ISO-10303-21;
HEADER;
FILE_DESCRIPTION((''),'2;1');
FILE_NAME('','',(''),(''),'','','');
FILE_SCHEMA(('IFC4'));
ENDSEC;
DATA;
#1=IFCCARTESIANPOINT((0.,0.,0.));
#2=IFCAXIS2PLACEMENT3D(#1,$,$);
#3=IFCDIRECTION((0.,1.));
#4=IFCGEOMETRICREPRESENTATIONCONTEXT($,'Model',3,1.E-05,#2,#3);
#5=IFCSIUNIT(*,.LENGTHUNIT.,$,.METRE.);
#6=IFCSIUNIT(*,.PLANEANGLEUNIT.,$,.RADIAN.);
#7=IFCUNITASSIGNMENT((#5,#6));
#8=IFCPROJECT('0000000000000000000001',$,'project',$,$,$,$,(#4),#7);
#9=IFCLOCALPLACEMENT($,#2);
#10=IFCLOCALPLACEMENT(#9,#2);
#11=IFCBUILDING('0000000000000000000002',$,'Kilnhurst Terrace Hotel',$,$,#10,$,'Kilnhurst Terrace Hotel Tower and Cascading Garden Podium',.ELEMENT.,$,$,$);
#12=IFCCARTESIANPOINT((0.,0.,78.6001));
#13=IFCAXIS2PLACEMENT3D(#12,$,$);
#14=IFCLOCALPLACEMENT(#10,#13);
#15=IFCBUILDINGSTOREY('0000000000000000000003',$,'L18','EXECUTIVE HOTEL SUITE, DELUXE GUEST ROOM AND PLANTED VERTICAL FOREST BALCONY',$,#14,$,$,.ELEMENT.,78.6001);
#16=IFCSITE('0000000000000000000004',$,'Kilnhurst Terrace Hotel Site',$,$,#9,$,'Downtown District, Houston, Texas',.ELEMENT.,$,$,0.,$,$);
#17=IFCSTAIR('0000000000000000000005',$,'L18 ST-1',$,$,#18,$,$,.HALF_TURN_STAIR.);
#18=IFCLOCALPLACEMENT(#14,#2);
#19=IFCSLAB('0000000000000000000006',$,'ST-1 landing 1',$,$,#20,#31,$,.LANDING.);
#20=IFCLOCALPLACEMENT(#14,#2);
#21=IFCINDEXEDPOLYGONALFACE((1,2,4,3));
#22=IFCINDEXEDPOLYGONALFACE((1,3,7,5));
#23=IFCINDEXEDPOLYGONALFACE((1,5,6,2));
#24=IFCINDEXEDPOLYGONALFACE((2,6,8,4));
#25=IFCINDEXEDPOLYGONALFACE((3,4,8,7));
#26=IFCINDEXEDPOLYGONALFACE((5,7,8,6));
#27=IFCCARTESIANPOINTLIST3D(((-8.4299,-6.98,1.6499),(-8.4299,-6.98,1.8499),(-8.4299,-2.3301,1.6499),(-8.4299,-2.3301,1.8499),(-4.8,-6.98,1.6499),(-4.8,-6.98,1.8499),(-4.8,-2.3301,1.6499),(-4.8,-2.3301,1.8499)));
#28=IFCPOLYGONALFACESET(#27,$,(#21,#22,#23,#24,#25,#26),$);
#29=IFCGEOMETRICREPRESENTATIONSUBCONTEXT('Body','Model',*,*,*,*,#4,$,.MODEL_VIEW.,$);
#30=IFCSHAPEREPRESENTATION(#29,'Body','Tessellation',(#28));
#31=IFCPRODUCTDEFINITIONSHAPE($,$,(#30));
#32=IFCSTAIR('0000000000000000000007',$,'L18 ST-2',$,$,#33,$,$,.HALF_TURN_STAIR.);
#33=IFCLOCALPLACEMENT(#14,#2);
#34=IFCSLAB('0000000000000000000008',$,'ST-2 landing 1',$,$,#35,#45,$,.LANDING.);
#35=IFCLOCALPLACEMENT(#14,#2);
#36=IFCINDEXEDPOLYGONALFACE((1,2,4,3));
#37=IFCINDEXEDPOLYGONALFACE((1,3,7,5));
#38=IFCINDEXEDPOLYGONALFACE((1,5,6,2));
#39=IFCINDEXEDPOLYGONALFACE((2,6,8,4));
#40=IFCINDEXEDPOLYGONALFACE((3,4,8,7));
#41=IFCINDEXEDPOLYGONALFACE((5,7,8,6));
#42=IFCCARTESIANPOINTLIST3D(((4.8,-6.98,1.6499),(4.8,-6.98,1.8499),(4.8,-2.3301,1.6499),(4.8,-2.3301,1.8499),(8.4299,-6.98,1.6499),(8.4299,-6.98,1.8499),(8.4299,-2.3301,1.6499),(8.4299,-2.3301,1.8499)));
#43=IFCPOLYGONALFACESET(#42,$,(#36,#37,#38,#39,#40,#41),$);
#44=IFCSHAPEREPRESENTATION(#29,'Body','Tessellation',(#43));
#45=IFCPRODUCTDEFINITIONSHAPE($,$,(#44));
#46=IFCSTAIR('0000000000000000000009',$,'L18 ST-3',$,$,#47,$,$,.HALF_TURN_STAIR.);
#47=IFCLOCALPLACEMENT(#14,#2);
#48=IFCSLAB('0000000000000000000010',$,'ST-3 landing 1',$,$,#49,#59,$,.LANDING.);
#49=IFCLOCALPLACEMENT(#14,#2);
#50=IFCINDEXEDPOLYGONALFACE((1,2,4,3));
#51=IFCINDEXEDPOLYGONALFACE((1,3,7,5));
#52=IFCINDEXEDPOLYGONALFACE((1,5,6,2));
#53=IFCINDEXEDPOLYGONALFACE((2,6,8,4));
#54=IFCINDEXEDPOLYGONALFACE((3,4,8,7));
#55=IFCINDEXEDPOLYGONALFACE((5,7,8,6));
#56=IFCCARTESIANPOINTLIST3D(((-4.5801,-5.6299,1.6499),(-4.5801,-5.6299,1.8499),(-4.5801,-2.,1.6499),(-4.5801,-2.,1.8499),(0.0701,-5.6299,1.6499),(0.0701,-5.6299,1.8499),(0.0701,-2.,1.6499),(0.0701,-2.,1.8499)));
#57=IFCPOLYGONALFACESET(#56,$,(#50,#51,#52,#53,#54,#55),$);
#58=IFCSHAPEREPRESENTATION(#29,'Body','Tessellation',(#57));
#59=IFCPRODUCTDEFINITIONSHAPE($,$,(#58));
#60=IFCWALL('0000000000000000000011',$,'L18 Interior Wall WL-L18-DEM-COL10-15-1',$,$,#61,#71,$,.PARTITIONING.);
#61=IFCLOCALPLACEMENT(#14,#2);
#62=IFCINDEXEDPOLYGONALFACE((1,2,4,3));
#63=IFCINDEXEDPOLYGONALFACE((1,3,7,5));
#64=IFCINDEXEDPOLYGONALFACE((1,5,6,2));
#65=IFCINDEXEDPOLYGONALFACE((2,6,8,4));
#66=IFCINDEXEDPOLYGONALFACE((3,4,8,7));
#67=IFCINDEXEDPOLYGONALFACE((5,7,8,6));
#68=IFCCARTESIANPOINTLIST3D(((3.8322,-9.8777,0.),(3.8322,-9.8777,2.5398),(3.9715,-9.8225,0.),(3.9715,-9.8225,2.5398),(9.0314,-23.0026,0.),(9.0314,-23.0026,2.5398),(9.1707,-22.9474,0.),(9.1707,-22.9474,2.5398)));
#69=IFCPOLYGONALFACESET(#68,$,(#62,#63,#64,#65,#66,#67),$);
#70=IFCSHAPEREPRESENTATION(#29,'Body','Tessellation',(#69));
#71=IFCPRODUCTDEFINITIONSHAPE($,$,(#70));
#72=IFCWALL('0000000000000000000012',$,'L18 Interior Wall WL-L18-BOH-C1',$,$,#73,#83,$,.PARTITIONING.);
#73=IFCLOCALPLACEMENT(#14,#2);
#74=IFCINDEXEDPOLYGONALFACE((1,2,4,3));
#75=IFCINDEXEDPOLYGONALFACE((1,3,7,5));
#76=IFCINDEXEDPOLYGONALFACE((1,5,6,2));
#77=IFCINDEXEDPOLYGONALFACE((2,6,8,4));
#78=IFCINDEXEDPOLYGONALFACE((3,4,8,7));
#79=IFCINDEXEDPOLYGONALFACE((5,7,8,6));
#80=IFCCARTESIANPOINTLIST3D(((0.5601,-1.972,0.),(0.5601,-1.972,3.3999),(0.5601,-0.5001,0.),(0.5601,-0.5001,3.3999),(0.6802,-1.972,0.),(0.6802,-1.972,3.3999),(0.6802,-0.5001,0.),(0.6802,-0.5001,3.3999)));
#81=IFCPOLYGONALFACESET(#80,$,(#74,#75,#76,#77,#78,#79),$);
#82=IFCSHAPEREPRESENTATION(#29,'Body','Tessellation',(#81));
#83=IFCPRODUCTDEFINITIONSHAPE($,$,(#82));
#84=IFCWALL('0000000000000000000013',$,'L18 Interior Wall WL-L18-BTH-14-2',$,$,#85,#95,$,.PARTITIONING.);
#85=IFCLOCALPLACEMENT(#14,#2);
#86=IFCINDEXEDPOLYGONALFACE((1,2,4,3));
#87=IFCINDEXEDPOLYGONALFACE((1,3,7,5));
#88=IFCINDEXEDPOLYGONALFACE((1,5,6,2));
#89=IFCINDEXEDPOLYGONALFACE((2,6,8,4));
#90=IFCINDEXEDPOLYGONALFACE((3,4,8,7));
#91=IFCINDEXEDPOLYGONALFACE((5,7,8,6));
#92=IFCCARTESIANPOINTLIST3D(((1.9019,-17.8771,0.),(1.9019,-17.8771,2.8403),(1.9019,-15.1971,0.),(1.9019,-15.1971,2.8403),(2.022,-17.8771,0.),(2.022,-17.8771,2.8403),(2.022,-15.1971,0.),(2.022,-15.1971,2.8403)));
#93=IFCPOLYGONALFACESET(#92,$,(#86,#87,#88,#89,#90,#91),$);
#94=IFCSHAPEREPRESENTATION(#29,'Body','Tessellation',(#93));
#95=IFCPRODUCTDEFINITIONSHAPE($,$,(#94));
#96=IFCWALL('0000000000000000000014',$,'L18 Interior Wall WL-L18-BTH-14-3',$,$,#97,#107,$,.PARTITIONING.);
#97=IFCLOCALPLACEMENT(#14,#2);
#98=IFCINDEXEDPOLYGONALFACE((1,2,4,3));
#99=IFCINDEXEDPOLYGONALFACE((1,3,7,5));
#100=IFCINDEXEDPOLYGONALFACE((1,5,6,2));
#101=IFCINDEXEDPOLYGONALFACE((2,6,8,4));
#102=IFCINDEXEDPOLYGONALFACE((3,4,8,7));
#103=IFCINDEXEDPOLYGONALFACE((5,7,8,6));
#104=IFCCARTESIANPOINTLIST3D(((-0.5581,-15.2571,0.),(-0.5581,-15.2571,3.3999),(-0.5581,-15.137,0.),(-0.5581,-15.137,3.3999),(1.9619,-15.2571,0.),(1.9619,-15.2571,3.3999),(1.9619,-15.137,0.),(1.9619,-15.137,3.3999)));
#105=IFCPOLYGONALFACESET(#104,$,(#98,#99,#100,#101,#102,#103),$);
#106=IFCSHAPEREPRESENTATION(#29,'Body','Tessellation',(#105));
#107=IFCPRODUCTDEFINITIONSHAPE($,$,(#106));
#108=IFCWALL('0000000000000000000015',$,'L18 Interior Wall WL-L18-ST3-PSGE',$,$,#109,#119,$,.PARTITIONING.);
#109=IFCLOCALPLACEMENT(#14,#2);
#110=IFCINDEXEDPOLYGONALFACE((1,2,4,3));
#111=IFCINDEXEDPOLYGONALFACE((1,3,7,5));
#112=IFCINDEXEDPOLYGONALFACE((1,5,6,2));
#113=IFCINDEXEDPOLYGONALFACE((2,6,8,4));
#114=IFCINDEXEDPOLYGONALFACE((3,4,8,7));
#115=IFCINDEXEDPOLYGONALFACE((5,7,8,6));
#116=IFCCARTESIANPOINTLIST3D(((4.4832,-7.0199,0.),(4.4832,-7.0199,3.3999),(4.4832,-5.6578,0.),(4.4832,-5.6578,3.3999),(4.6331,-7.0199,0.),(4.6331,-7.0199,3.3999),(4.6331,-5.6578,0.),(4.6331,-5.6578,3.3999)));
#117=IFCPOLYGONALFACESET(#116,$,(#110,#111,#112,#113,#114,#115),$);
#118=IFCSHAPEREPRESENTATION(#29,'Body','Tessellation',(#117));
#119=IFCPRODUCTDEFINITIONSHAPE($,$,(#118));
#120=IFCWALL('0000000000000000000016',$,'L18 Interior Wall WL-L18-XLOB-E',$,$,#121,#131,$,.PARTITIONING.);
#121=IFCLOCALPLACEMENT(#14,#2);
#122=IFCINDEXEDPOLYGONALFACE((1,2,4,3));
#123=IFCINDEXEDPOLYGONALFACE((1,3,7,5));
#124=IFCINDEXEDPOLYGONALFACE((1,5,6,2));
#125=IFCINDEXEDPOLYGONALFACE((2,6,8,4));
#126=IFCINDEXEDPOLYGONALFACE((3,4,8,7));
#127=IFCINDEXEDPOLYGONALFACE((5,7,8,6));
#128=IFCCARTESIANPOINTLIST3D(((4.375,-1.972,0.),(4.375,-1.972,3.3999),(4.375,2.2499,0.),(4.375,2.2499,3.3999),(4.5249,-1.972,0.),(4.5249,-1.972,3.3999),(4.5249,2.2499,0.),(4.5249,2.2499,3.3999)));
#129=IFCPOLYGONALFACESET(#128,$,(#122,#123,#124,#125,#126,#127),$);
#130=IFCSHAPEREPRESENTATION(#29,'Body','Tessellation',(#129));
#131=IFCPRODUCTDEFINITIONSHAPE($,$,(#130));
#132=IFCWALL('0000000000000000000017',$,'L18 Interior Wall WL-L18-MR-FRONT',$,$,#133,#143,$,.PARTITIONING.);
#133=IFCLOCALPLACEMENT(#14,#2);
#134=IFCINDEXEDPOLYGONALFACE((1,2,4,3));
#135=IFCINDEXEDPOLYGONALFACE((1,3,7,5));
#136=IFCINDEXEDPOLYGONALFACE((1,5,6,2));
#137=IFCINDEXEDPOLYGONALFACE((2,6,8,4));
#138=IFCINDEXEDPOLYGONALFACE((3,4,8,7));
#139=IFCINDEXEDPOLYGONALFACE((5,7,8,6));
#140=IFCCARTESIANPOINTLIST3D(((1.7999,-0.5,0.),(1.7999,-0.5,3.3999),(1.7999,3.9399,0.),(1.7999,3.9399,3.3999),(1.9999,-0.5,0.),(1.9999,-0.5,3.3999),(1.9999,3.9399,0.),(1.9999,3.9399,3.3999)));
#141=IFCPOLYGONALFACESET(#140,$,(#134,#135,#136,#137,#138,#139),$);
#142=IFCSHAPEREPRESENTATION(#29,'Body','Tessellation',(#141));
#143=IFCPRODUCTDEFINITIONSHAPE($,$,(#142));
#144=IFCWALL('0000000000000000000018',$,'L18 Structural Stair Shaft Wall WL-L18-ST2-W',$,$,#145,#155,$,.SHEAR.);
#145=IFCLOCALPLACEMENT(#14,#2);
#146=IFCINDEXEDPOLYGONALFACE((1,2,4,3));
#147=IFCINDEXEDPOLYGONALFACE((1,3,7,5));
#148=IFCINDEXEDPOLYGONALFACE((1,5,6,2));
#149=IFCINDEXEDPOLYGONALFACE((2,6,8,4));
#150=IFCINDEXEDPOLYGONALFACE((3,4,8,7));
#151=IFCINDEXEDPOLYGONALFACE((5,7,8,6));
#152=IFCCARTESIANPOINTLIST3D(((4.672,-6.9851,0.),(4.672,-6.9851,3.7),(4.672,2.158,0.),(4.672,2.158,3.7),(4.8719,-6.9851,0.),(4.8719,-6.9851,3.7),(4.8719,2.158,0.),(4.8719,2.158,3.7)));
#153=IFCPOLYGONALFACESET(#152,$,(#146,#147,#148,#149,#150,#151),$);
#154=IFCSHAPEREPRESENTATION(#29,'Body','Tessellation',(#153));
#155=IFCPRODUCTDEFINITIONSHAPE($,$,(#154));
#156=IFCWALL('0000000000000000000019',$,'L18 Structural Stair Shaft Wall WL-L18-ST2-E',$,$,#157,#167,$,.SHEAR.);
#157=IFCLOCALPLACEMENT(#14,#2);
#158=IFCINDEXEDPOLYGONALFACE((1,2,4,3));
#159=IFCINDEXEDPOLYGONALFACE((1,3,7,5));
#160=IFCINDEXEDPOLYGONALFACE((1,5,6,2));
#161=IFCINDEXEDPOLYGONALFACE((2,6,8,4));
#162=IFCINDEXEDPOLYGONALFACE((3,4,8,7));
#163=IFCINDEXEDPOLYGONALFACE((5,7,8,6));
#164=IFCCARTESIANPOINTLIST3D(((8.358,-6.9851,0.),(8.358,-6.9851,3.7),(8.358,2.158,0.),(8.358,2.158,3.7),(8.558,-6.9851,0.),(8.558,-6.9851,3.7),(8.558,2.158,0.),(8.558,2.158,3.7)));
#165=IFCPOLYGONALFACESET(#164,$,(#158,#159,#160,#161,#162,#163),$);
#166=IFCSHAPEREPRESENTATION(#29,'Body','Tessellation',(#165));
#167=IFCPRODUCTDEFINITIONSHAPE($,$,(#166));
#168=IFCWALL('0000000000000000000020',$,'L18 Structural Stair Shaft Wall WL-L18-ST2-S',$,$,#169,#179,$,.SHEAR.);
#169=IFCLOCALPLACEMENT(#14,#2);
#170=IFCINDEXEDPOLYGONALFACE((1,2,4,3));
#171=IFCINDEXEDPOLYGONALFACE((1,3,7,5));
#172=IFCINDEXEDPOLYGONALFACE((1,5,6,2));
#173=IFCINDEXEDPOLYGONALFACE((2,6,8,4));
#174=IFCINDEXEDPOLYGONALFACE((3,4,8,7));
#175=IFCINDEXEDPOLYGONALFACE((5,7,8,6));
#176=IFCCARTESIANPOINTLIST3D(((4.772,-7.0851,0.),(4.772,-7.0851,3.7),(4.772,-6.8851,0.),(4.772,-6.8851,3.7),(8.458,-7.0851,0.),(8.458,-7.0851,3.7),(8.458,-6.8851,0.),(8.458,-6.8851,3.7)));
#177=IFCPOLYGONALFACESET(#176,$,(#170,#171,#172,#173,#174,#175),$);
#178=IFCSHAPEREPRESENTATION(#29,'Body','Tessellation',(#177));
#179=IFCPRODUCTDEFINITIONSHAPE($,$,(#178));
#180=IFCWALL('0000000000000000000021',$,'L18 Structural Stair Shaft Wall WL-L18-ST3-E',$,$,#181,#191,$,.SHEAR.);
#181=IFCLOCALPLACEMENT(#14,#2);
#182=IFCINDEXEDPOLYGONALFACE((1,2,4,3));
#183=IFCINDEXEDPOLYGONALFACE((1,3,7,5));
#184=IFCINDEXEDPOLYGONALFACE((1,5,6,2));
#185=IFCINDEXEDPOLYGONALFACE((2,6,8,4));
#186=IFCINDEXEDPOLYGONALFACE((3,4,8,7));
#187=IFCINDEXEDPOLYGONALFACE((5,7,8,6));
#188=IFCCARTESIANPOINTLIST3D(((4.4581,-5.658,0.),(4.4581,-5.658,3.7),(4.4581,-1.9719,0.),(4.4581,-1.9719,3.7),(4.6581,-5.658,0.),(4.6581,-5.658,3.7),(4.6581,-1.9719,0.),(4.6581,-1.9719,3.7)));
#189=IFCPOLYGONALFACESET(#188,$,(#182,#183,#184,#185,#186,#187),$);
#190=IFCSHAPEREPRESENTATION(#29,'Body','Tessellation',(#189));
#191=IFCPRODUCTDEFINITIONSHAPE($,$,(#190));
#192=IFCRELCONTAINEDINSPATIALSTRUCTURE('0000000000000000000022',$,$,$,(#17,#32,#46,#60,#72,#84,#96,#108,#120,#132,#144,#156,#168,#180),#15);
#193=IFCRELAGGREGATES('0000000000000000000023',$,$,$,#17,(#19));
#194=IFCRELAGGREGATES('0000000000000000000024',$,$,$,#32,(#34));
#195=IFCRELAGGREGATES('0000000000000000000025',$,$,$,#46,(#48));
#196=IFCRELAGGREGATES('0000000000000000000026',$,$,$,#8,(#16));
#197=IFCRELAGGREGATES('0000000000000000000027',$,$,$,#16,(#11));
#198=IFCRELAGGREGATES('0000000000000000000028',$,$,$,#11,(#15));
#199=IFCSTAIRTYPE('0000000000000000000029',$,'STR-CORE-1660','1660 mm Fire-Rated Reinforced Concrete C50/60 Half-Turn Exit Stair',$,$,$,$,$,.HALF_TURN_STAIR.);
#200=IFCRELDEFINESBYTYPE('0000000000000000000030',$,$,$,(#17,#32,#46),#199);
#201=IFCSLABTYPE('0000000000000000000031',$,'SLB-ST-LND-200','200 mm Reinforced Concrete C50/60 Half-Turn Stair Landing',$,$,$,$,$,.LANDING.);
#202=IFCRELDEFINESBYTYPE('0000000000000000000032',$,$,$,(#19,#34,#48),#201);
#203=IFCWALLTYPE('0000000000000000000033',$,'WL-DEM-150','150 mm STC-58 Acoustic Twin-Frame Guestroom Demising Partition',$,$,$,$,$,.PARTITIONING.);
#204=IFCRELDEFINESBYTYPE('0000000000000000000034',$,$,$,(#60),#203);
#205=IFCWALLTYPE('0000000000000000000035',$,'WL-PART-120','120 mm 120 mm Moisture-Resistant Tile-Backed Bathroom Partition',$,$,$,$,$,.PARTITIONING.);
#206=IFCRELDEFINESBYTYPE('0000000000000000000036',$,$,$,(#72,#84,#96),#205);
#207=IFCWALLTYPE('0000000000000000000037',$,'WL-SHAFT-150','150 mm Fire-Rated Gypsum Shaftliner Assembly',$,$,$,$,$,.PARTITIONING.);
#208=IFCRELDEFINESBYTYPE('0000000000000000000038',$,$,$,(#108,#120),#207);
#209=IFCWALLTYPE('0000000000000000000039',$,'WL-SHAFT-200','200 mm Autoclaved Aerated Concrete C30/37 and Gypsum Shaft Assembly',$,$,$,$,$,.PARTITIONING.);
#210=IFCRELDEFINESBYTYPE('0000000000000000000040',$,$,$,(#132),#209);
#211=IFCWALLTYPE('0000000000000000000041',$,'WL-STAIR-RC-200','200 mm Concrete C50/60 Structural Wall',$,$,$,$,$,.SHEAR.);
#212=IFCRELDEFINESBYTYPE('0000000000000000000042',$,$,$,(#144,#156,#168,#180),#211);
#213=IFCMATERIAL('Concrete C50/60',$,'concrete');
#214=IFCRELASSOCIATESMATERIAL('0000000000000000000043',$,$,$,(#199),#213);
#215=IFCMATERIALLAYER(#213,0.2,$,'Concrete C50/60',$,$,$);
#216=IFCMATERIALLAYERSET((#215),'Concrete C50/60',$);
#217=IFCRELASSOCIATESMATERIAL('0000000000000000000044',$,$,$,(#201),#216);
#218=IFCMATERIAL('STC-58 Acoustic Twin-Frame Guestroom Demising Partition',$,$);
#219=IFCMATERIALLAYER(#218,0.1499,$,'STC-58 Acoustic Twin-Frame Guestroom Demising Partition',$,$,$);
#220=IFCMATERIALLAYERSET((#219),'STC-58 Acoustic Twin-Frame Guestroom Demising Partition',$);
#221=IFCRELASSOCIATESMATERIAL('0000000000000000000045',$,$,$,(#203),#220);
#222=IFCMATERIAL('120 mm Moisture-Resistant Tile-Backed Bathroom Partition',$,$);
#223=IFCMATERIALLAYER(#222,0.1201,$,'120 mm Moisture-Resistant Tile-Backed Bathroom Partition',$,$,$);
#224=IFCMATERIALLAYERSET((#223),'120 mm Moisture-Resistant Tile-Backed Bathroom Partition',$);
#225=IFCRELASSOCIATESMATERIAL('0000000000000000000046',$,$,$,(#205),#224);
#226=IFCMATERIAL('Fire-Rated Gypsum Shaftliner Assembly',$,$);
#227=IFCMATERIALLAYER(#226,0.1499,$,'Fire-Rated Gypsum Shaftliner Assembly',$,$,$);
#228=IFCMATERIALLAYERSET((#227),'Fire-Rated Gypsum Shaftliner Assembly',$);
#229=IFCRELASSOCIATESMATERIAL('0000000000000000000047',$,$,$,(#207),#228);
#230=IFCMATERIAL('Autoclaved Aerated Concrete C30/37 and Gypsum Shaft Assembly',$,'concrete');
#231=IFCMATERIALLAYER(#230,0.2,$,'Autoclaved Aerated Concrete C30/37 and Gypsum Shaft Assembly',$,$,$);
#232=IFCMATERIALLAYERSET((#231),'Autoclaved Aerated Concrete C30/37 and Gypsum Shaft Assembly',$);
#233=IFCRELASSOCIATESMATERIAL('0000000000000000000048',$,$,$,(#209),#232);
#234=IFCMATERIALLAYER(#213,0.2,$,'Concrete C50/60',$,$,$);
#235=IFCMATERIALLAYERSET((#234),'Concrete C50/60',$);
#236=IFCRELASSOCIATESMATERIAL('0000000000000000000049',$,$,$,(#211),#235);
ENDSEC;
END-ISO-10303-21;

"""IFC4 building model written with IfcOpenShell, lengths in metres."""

from ifc_helpers import new_model, si_unit, direction, frame, frame_2d, origin, place, context, subcontext, project, spatial, polyline, rectangle, outline, extrude, material, layer, layer_set, type_object, element, aggregate, save


model = new_model("IFC4")

# Units and contexts
model_context = context("Model", 3, precision=1e-05, world=origin(), true_north=direction((0.0, 1.0)))
body_context = subcontext(model_context, "Body", "Model", "MODEL_VIEW")
ifc_project = project(units=[si_unit("LENGTHUNIT", "METRE"), si_unit("PLANEANGLEUNIT", "RADIAN")], contexts=[model_context])

# Site, building, storey
site_placement = place(None, origin())
site = spatial("IfcSite", under=ifc_project, at=site_placement, Name="Kilnhurst Terrace Hotel Site", LongName="Downtown District, Houston, Texas", CompositionType="ELEMENT", RefElevation=0.0)
building_placement = place(site_placement, origin())
building = spatial("IfcBuilding", under=site, at=building_placement, Name="Kilnhurst Terrace Hotel", LongName="Kilnhurst Terrace Hotel Tower and Cascading Garden Podium", CompositionType="ELEMENT")
storey_placement = place(building_placement, frame((0.0, 0.0, 78.6001)))
storey = spatial("IfcBuildingStorey", under=building, at=storey_placement, Name="L18", Description="EXECUTIVE HOTEL SUITE, DELUXE GUEST ROOM AND PLANTED VERTICAL FOREST BALCONY", CompositionType="ELEMENT", Elevation=78.6001)

# Shared definitions
ifc_material_1 = material(Name="Concrete C50/60", Category="concrete")

# Stairs, slabs
stair_type = type_object("IfcStairType", Name="STR-CORE-1660", Description="1660 mm Fire-Rated Reinforced Concrete C50/60 Half-Turn Exit Stair", PredefinedType="HALF_TURN_STAIR", material=ifc_material_1)
stair_1_placement = place(storey_placement, origin())
stair_1 = element("IfcStair", 1, at=stair_1_placement, inside=storey, type_object=stair_type, Name="L18 ST-1", PredefinedType="HALF_TURN_STAIR")
ifc_layer_1 = layer(ifc_material_1, 0.2, Name="Concrete C50/60")
ifc_layer_set_1 = layer_set([ifc_layer_1], Name="Concrete C50/60")
slab_type_1 = type_object("IfcSlabType", Name="SLB-ST-LND-200", Description="200 mm Reinforced Concrete C50/60 Half-Turn Stair Landing", PredefinedType="LANDING", material=ifc_layer_set_1)
slab_1_placement = place(storey_placement, frame((0.0, 0.0, 1.6499)))
slab_1 = element("IfcSlab", 2, at=slab_1_placement, type_object=slab_type_1, Name="ST-1 landing 1", PredefinedType="LANDING", context=body_context, shape_type="SweptSolid", body=[
    extrude(outline(polyline([(-8.4299, -2.3301), (-4.8, -2.3301), (-4.8, -6.98), (-8.4299, -6.98), (-8.4299, -2.3301)])), origin(), (0.0, 0.0, 1.0), 0.2),
])
aggregate(stair_1, [slab_1])
stair_2_placement = place(storey_placement, origin())
stair_2 = element("IfcStair", 3, at=stair_2_placement, inside=storey, type_object=stair_type, Name="L18 ST-2", PredefinedType="HALF_TURN_STAIR")
slab_2_placement = place(storey_placement, frame((0.0, 0.0, 1.6499)))
slab_2 = element("IfcSlab", 4, at=slab_2_placement, type_object=slab_type_1, Name="ST-2 landing 1", PredefinedType="LANDING", context=body_context, shape_type="SweptSolid", body=[
    extrude(outline(polyline([(4.8, -2.3301), (8.4299, -2.3301), (8.4299, -6.98), (4.8, -6.98), (4.8, -2.3301)])), origin(), (0.0, 0.0, 1.0), 0.2),
])
stair_3_placement = place(storey_placement, origin())
stair_3 = element("IfcStair", 5, at=stair_3_placement, inside=storey, type_object=stair_type, Name="L18 ST-3", PredefinedType="HALF_TURN_STAIR")
slab_3_placement = place(storey_placement, frame((0.0, 0.0, 1.6499)))
slab_3 = element("IfcSlab", 6, at=slab_3_placement, type_object=slab_type_1, Name="ST-3 landing 1", PredefinedType="LANDING", context=body_context, shape_type="SweptSolid", body=[
    extrude(outline(polyline([(0.0701, -2.0), (0.0701, -5.6299), (-4.5801, -5.6299), (-4.5801, -2.0), (0.0701, -2.0)])), origin(), (0.0, 0.0, 1.0), 0.2),
])

# Walls
ifc_material_2 = material(Name="STC-58 Acoustic Twin-Frame Guestroom Demising Partition")
ifc_layer_2 = layer(ifc_material_2, 0.1499, Name="STC-58 Acoustic Twin-Frame Guestroom Demising Partition")
ifc_layer_set_2 = layer_set([ifc_layer_2], Name="STC-58 Acoustic Twin-Frame Guestroom Demising Partition")
wall_type_1 = type_object("IfcWallType", Name="WL-DEM-150", Description="150 mm STC-58 Acoustic Twin-Frame Guestroom Demising Partition", PredefinedType="PARTITIONING", material=ifc_layer_set_2)
wall_1_placement = place(storey_placement, frame((3.9019, -9.8501, 0.0), z_axis=(0.0, 0.0, 1.0), x_axis=(0.368288, -0.929712, 0.0)))
element("IfcWall", 7, at=wall_1_placement, inside=storey, type_object=wall_type_1, Name="L18 Interior Wall WL-L18-DEM-COL10-15-1", PredefinedType="PARTITIONING", context=body_context, shape_type="SweptSolid", body=[
    extrude(rectangle(XDim=14.1172, YDim=0.1499, at=frame_2d((7.0586, 0.0))), origin(), (0.0, 0.0, 1.0), 2.5398),
])
ifc_material_3 = material(Name="120 mm Moisture-Resistant Tile-Backed Bathroom Partition")
ifc_layer_3 = layer(ifc_material_3, 0.1201, Name="120 mm Moisture-Resistant Tile-Backed Bathroom Partition")
ifc_layer_set_3 = layer_set([ifc_layer_3], Name="120 mm Moisture-Resistant Tile-Backed Bathroom Partition")
wall_type_2 = type_object("IfcWallType", Name="WL-PART-120", Description="120 mm 120 mm Moisture-Resistant Tile-Backed Bathroom Partition", PredefinedType="PARTITIONING", material=ifc_layer_set_3)
wall_2_placement = place(storey_placement, frame((0.6201, -1.9719, 0.0), z_axis=(0.0, 0.0, 1.0), x_axis=(0.0, 1.0, 0.0)))
element("IfcWall", 8, at=wall_2_placement, inside=storey, type_object=wall_type_2, Name="L18 Interior Wall WL-L18-BOH-C1", PredefinedType="PARTITIONING", context=body_context, shape_type="SweptSolid", body=[
    extrude(rectangle(XDim=1.4719, YDim=0.1201, at=frame_2d((0.7358, 0.0))), origin(), (0.0, 0.0, 1.0), 3.3999),
])
wall_3_placement = place(storey_placement, frame((1.9619, -17.877, 0.0), z_axis=(0.0, 0.0, 1.0), x_axis=(0.0, 1.0, 0.0)))
element("IfcWall", 9, at=wall_3_placement, inside=storey, type_object=wall_type_2, Name="L18 Interior Wall WL-L18-BTH-14-2", PredefinedType="PARTITIONING", context=body_context, shape_type="SweptSolid", body=[
    extrude(rectangle(XDim=2.6799, YDim=0.1201, at=frame_2d((1.3398, 0.0))), origin(), (0.0, 0.0, 1.0), 2.8403),
])
wall_4_placement = place(storey_placement, frame((1.9619, -15.197, 0.0), z_axis=(0.0, 0.0, 1.0), x_axis=(-1.0, 0.0, 0.0)))
element("IfcWall", 10, at=wall_4_placement, inside=storey, type_object=wall_type_2, Name="L18 Interior Wall WL-L18-BTH-14-3", PredefinedType="PARTITIONING", context=body_context, shape_type="SweptSolid", body=[
    extrude(rectangle(XDim=2.52, YDim=0.1201, at=frame_2d((1.26, 0.0))), origin(), (0.0, 0.0, 1.0), 3.3999),
])
ifc_material_4 = material(Name="Fire-Rated Gypsum Shaftliner Assembly")
ifc_layer_4 = layer(ifc_material_4, 0.1499, Name="Fire-Rated Gypsum Shaftliner Assembly")
ifc_layer_set_4 = layer_set([ifc_layer_4], Name="Fire-Rated Gypsum Shaftliner Assembly")
wall_type_3 = type_object("IfcWallType", Name="WL-SHAFT-150", Description="150 mm Fire-Rated Gypsum Shaftliner Assembly", PredefinedType="PARTITIONING", material=ifc_layer_set_4)
wall_5_placement = place(storey_placement, frame((4.5581, -7.02, 0.0), z_axis=(0.0, 0.0, 1.0), x_axis=(0.0, 1.0, 0.0)))
element("IfcWall", 11, at=wall_5_placement, inside=storey, type_object=wall_type_3, Name="L18 Interior Wall WL-L18-ST3-PSGE", PredefinedType="PARTITIONING", context=body_context, shape_type="SweptSolid", body=[
    extrude(rectangle(XDim=1.3621, YDim=0.1499, at=frame_2d((0.6812, 0.0))), origin(), (0.0, 0.0, 1.0), 3.3999),
])
wall_6_placement = place(storey_placement, frame((4.45, -1.9719, 0.0), z_axis=(0.0, 0.0, 1.0), x_axis=(0.0, 1.0, 0.0)))
element("IfcWall", 12, at=wall_6_placement, inside=storey, type_object=wall_type_3, Name="L18 Interior Wall WL-L18-XLOB-E", PredefinedType="PARTITIONING", context=body_context, shape_type="SweptSolid", body=[
    extrude(rectangle(XDim=4.2219, YDim=0.1499, at=frame_2d((2.1108, 0.0))), origin(), (0.0, 0.0, 1.0), 3.3999),
])
ifc_material_5 = material(Name="Autoclaved Aerated Concrete C30/37 and Gypsum Shaft Assembly", Category="concrete")
ifc_layer_5 = layer(ifc_material_5, 0.2, Name="Autoclaved Aerated Concrete C30/37 and Gypsum Shaft Assembly")
ifc_layer_set_5 = layer_set([ifc_layer_5], Name="Autoclaved Aerated Concrete C30/37 and Gypsum Shaft Assembly")
wall_type_4 = type_object("IfcWallType", Name="WL-SHAFT-200", Description="200 mm Autoclaved Aerated Concrete C30/37 and Gypsum Shaft Assembly", PredefinedType="PARTITIONING", material=ifc_layer_set_5)
wall_7_placement = place(storey_placement, frame((1.8999, -0.5, 0.0), z_axis=(0.0, 0.0, 1.0), x_axis=(0.0, 1.0, 0.0)))
element("IfcWall", 13, at=wall_7_placement, inside=storey, type_object=wall_type_4, Name="L18 Interior Wall WL-L18-MR-FRONT", PredefinedType="PARTITIONING", context=body_context, shape_type="SweptSolid", body=[
    extrude(rectangle(XDim=4.4399, YDim=0.2, at=frame_2d((2.22, 0.0))), origin(), (0.0, 0.0, 1.0), 3.3999),
])
ifc_layer_6 = layer(ifc_material_1, 0.2, Name="Concrete C50/60")
ifc_layer_set_6 = layer_set([ifc_layer_6], Name="Concrete C50/60")
wall_type_5 = type_object("IfcWallType", Name="WL-STAIR-RC-200", Description="200 mm Concrete C50/60 Structural Wall", PredefinedType="SHEAR", material=ifc_layer_set_6)
for number, where, z_axis, x_axis, name in (
    (14, (4.772, -6.9851, 0.0), (0.0, 0.0, 1.0), (0.0, 1.0, 0.0), "L18 Structural Stair Shaft Wall WL-L18-ST2-W"),
    (15, (8.458, -6.9851, 0.0), (0.0, 0.0, 1.0), (0.0, 1.0, 0.0), "L18 Structural Stair Shaft Wall WL-L18-ST2-E"),
):
    element("IfcWall", number, at=place(storey_placement, frame(where, z_axis=z_axis, x_axis=x_axis)), inside=storey, type_object=wall_type_5, Name=name, PredefinedType="SHEAR", context=body_context, shape_type="SweptSolid", body=[
        extrude(rectangle(XDim=9.1431, YDim=0.2, at=frame_2d((4.5715, 0.0))), origin(), (0.0, 0.0, 1.0), 3.7),
    ])
for number, where, z_axis, x_axis, name in (
    (16, (4.772, -6.9851, 0.0), (0.0, 0.0, 1.0), (1.0, 0.0, 0.0), "L18 Structural Stair Shaft Wall WL-L18-ST2-S"),
    (17, (4.5581, -5.658, 0.0), (0.0, 0.0, 1.0), (0.0, 1.0, 0.0), "L18 Structural Stair Shaft Wall WL-L18-ST3-E"),
):
    element("IfcWall", number, at=place(storey_placement, frame(where, z_axis=z_axis, x_axis=x_axis)), inside=storey, type_object=wall_type_5, Name=name, PredefinedType="SHEAR", context=body_context, shape_type="SweptSolid", body=[
        extrude(rectangle(XDim=3.686, YDim=0.2, at=frame_2d((1.843, 0.0))), origin(), (0.0, 0.0, 1.0), 3.7),
    ])

aggregate(stair_2, [slab_2])
aggregate(stair_3, [slab_3])

save(model, "model.ifc")
